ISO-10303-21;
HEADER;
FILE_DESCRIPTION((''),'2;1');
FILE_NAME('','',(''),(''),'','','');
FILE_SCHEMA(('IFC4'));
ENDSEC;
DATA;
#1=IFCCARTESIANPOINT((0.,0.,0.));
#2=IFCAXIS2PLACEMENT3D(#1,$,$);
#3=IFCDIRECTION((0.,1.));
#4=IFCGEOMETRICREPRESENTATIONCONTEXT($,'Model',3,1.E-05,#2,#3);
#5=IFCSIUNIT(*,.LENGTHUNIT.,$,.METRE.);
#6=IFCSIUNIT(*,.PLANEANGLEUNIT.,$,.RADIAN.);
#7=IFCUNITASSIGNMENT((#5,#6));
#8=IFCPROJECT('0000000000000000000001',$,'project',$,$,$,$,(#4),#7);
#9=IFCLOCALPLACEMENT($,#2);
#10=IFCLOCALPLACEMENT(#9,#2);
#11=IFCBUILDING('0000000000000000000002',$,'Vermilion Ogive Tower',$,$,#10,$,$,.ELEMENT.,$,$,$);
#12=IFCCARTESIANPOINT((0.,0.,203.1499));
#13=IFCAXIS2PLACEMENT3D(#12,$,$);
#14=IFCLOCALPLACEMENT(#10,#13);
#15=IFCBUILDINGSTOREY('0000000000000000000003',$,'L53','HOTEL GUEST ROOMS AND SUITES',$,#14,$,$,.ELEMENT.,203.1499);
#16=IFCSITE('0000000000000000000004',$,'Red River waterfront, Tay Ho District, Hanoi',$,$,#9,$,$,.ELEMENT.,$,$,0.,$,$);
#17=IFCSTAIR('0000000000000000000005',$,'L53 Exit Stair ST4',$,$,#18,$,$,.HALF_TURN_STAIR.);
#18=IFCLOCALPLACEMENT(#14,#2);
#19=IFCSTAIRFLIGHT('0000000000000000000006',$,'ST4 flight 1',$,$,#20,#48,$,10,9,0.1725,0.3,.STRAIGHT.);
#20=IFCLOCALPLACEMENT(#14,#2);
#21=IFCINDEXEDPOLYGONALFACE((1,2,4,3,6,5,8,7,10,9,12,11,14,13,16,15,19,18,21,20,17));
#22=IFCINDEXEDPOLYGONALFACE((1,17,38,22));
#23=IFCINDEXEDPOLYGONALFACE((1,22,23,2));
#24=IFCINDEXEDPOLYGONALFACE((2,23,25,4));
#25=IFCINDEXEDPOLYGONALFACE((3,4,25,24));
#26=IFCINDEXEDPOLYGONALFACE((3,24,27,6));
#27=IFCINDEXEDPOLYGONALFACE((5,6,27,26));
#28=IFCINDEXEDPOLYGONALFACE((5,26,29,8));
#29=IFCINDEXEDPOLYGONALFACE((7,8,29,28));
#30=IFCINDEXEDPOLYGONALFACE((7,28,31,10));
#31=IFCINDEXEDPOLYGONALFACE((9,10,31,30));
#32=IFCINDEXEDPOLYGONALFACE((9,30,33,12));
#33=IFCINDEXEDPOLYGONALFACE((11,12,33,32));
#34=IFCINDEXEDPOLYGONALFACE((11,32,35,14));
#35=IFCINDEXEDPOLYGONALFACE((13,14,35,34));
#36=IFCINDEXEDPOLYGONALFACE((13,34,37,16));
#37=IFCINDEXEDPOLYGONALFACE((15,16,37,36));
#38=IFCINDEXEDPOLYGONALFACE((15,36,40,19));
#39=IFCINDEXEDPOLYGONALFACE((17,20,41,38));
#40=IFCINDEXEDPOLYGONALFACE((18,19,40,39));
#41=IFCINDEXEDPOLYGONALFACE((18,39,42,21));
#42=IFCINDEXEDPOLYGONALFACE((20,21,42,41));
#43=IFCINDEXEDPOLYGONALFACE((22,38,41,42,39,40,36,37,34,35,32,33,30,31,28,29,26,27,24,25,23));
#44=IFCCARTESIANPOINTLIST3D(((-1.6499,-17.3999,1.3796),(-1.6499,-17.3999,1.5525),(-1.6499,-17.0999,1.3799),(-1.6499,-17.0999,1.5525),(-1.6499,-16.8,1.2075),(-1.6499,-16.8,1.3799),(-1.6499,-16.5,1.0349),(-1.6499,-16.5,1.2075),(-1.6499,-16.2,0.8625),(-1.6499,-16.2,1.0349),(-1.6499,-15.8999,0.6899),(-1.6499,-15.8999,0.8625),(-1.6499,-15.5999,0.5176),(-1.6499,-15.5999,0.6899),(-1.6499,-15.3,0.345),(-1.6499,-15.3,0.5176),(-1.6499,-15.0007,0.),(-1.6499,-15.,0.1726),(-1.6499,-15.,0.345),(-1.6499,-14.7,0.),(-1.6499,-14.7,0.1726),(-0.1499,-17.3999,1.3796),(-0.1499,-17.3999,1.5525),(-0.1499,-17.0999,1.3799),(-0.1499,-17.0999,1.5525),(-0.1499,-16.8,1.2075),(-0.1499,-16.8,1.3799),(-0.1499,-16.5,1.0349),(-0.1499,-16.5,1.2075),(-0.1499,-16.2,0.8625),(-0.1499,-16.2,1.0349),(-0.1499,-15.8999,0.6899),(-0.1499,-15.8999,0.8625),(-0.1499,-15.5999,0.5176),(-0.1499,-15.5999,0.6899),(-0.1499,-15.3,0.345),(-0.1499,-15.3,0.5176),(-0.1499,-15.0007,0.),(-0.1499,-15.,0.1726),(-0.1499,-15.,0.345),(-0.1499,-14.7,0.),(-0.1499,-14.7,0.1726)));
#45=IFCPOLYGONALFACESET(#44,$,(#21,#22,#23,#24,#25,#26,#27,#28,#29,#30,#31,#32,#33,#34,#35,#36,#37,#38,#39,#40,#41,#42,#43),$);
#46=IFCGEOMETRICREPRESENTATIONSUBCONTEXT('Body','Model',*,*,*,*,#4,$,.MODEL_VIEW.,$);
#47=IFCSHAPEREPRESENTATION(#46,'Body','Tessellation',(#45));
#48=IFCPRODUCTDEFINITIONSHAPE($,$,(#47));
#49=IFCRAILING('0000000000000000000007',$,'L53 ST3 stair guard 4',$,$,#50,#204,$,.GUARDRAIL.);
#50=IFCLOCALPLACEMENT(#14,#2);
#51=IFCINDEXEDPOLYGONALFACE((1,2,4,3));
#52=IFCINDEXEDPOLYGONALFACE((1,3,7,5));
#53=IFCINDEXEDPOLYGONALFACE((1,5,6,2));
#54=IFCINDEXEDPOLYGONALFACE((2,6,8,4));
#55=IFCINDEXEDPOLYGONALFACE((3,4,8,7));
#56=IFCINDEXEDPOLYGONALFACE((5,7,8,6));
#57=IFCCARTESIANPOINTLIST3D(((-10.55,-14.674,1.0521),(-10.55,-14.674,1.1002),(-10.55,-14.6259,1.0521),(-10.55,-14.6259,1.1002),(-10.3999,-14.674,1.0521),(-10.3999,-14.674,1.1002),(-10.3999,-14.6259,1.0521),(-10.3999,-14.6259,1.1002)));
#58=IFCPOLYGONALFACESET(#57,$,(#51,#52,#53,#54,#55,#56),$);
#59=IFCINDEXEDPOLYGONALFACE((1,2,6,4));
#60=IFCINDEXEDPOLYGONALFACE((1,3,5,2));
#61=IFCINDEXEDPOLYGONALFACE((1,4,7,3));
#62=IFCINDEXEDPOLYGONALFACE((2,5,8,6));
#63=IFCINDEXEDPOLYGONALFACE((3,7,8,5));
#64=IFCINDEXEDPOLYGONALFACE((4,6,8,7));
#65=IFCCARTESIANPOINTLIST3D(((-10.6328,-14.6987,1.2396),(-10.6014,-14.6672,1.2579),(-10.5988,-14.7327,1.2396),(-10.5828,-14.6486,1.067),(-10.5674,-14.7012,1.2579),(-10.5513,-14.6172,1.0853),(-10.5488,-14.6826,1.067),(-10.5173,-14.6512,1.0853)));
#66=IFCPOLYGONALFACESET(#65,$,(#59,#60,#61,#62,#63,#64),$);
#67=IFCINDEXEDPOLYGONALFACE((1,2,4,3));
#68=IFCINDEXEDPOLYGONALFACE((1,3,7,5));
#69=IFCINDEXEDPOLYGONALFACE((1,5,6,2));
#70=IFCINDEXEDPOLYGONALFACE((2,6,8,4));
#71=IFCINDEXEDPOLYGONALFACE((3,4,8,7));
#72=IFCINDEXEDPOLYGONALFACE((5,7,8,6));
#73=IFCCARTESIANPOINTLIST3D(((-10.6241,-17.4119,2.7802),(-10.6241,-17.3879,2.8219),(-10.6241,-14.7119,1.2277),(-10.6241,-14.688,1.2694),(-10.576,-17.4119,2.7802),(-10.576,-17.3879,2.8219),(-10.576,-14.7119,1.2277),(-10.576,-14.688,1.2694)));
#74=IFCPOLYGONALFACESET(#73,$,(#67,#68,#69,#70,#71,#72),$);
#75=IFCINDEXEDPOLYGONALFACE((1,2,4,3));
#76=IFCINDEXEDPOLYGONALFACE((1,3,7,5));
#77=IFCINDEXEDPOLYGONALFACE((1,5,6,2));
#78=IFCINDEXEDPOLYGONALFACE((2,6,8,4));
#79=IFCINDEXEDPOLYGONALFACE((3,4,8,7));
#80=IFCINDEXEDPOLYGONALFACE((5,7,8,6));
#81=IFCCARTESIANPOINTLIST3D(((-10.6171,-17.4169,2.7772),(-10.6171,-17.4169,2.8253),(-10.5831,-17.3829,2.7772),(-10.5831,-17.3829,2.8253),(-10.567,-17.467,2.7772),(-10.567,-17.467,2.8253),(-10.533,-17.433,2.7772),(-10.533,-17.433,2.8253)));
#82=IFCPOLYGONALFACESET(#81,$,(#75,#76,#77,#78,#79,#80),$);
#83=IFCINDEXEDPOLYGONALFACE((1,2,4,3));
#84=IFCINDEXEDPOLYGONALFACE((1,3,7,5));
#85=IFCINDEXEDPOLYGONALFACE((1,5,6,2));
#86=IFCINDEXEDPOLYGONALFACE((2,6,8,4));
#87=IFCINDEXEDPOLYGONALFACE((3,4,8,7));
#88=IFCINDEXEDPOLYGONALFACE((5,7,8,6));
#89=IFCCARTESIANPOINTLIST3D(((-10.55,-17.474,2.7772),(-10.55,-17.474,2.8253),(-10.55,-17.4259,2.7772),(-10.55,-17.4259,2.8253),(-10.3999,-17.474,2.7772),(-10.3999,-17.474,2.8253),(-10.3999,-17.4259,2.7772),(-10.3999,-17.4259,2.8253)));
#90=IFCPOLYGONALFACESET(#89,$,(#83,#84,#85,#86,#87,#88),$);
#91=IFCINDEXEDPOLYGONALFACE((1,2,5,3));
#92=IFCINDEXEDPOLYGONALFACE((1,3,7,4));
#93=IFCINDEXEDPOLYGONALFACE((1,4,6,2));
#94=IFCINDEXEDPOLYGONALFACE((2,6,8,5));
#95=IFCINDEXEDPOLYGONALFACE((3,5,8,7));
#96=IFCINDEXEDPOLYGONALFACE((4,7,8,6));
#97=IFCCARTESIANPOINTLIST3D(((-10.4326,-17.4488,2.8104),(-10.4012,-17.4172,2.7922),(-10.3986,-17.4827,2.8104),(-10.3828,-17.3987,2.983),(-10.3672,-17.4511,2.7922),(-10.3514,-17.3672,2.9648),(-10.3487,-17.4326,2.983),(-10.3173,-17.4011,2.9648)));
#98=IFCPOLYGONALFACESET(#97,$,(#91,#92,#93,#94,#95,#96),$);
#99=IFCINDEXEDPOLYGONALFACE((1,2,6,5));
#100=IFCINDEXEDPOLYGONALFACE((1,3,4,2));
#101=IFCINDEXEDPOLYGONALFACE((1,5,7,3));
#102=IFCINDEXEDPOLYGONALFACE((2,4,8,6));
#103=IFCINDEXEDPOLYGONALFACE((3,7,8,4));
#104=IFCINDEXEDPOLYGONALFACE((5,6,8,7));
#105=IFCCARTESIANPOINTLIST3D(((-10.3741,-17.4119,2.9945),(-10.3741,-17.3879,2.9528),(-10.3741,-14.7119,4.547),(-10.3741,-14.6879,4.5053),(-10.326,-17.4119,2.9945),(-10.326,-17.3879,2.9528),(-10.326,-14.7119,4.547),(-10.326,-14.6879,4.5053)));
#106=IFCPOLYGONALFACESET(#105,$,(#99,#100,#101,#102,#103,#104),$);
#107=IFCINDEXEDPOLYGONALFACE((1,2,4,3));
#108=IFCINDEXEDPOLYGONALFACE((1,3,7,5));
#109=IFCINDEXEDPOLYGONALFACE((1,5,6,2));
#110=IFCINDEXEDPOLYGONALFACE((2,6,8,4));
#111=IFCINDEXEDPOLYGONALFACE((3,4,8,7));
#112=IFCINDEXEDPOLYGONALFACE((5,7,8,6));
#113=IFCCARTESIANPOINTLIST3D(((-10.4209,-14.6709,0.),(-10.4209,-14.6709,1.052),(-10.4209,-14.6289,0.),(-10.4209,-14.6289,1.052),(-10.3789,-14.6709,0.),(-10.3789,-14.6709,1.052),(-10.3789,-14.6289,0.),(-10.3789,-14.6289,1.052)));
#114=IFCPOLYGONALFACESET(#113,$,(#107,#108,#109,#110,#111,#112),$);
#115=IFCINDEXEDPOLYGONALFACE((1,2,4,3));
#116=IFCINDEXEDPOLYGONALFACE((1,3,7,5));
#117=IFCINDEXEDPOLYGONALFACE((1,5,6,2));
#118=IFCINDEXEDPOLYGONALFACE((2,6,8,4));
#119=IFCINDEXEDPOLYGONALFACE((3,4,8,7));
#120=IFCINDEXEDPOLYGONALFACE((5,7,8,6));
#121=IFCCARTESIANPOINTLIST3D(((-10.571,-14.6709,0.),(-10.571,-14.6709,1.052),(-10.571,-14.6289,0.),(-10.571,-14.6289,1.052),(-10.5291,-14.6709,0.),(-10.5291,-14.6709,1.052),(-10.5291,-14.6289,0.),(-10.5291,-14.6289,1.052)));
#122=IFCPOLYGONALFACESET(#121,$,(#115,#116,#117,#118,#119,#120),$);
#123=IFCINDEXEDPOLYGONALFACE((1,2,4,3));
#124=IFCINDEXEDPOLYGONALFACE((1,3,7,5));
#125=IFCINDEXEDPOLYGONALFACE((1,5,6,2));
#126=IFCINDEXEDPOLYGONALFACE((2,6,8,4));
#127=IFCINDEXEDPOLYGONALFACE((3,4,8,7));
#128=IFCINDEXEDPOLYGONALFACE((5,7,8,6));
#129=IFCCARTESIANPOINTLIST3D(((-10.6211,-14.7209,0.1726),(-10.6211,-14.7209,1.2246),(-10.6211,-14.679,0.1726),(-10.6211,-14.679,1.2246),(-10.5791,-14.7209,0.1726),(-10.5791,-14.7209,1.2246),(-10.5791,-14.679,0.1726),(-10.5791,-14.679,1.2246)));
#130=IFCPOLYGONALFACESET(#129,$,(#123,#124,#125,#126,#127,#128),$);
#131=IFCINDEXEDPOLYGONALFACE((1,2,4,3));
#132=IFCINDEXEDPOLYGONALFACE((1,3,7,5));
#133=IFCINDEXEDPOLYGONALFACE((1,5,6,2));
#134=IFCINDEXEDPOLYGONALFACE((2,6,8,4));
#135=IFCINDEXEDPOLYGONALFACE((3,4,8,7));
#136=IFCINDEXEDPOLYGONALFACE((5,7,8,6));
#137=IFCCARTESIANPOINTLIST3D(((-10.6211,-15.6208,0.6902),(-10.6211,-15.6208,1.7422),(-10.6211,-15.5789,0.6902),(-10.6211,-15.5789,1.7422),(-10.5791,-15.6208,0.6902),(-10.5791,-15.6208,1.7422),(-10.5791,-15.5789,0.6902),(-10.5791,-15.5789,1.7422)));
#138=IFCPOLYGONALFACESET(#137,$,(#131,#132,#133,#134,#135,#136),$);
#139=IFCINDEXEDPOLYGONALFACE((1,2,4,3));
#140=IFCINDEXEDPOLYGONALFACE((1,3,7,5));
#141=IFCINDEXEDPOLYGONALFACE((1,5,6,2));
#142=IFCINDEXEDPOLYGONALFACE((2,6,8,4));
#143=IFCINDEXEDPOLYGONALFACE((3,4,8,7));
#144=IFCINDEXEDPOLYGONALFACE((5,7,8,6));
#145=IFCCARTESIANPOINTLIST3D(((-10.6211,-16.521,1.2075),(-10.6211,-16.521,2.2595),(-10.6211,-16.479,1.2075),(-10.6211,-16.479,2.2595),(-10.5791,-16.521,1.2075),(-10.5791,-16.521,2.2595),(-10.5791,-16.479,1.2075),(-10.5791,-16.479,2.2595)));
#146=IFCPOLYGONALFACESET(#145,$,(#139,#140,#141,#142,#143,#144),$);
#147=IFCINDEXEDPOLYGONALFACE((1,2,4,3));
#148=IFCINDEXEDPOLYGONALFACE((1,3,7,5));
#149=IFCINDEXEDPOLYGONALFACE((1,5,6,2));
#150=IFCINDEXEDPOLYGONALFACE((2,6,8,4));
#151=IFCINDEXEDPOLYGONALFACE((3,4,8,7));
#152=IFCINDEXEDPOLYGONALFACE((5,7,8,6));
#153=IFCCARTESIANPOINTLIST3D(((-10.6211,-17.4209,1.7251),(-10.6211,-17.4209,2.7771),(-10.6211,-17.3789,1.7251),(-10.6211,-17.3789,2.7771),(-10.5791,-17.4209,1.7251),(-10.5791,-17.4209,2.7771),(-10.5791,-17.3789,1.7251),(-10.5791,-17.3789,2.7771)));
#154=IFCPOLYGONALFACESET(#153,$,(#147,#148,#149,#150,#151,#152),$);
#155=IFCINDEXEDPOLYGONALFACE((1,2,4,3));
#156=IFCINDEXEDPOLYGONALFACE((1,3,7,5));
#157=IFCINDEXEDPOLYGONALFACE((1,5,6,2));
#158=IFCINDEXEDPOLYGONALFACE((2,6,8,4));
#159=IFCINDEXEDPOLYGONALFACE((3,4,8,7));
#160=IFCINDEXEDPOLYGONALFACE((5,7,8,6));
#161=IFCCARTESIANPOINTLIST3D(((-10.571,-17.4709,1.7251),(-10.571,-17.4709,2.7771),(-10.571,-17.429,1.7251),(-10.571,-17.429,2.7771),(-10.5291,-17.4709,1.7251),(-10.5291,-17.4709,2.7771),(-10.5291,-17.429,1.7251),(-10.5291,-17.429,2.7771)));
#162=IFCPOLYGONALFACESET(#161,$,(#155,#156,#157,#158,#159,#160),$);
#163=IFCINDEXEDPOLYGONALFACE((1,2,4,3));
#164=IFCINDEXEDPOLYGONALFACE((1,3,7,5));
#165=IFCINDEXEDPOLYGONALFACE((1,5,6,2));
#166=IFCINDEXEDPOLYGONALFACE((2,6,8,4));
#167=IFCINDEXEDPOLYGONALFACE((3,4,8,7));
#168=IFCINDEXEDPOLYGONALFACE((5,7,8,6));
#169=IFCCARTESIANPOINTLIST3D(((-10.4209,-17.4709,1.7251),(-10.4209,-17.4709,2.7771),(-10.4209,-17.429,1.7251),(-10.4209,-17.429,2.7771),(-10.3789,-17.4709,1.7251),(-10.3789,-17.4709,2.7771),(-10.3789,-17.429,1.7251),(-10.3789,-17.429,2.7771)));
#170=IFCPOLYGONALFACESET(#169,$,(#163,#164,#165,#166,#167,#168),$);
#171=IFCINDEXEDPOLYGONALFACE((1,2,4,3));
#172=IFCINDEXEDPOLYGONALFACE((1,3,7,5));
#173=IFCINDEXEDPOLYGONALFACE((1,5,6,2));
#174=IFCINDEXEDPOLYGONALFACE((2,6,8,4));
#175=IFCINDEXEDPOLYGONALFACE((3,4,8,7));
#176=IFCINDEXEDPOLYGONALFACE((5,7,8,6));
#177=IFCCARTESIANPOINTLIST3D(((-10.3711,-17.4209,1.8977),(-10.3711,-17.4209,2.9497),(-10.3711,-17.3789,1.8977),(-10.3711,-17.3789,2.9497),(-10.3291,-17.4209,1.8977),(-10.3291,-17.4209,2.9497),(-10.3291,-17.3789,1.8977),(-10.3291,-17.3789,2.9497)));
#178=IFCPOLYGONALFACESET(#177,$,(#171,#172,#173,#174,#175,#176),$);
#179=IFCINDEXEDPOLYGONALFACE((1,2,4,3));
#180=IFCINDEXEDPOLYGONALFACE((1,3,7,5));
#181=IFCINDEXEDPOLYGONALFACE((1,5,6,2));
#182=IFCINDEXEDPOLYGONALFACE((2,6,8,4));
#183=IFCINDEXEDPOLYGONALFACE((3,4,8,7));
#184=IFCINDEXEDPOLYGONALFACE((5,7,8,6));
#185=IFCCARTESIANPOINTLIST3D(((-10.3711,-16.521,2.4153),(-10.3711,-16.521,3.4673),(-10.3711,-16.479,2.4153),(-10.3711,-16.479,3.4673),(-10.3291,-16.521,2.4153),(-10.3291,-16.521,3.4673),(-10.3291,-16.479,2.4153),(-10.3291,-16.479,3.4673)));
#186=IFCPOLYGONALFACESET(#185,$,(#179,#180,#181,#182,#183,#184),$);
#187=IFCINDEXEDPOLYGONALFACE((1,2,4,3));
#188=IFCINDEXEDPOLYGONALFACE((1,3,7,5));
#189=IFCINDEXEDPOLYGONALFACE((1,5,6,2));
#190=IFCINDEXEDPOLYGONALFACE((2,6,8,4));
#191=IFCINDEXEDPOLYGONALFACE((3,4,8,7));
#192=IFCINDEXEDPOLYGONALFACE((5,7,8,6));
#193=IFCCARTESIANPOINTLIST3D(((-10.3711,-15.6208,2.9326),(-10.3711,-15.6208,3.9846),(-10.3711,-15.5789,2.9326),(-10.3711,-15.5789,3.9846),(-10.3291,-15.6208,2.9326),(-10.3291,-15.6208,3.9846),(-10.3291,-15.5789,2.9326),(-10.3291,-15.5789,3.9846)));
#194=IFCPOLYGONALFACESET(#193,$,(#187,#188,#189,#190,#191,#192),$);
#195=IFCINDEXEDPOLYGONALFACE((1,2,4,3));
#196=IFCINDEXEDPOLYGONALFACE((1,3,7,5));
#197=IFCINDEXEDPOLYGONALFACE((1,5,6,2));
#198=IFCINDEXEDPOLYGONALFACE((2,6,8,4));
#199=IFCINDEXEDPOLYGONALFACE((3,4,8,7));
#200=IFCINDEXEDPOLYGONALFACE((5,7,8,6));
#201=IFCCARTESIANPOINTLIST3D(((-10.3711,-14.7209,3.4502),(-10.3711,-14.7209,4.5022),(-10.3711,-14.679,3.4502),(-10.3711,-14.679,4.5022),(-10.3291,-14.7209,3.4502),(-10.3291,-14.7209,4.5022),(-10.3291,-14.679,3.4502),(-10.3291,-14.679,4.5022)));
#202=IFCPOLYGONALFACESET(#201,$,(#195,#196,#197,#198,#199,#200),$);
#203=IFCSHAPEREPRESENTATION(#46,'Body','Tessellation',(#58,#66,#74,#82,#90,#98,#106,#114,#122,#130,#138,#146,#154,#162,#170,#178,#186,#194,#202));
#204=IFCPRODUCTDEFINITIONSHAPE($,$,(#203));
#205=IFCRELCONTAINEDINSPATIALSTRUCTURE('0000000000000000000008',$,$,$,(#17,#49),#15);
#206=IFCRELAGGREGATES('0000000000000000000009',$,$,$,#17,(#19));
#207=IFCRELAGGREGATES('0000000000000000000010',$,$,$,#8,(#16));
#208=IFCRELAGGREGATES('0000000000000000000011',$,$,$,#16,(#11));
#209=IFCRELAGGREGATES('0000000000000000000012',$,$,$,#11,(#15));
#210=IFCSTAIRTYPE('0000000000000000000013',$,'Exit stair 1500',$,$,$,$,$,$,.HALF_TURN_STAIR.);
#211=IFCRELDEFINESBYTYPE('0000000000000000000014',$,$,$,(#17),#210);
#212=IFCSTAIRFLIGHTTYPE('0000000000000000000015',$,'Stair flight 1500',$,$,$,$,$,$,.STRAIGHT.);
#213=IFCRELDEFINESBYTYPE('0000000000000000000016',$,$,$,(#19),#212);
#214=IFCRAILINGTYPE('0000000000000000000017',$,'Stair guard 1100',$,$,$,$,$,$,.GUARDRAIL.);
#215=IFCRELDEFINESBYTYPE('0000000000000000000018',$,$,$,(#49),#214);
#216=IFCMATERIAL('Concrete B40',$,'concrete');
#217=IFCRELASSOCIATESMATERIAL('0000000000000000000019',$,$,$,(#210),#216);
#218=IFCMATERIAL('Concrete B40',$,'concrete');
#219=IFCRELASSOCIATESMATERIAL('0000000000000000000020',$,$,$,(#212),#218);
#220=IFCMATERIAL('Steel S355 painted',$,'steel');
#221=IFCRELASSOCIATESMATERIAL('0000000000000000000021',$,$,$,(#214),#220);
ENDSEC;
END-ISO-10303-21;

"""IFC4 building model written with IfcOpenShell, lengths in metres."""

from ifc_helpers import new_model, si_unit, direction, frame, origin, origin_2d, place, context, subcontext, project, spatial, polyline, rectangle, outline, extrude, material, type_object, element, aggregate, save


model = new_model("IFC4")

# Units and contexts
model_context = context("Model", 3, precision=1e-05, world=origin(), true_north=direction((0.0, 1.0)))
body_context = subcontext(model_context, "Body", "Model", "MODEL_VIEW")
ifc_project = project(units=[si_unit("LENGTHUNIT", "METRE"), si_unit("PLANEANGLEUNIT", "RADIAN")], contexts=[model_context])

# Site, building, storey
site_placement = place(None, origin())
site = spatial("IfcSite", under=ifc_project, at=site_placement, Name="Red River waterfront, Tay Ho District, Hanoi", CompositionType="ELEMENT", RefElevation=0.0)
building_placement = place(site_placement, origin())
building = spatial("IfcBuilding", under=site, at=building_placement, Name="Vermilion Ogive Tower", CompositionType="ELEMENT")
storey_placement = place(building_placement, frame((0.0, 0.0, 203.1499)))
storey = spatial("IfcBuildingStorey", under=building, at=storey_placement, Name="L53", Description="HOTEL GUEST ROOMS AND SUITES", CompositionType="ELEMENT", Elevation=203.1499)

# Stair, stair flight
ifc_material_1 = material(Name="Concrete B40", Category="concrete")
stair_type = type_object("IfcStairType", Name="Exit stair 1500", PredefinedType="HALF_TURN_STAIR", material=ifc_material_1)
ifc_material_2 = material(Name="Concrete B40", Category="concrete")
stair_flight_type = type_object("IfcStairFlightType", Name="Stair flight 1500", PredefinedType="STRAIGHT", material=ifc_material_2)
stair_1_placement = place(storey_placement, origin())
stair_1 = element("IfcStair", 1, at=stair_1_placement, inside=storey, type_object=stair_type, Name="L53 Exit Stair ST4", PredefinedType="HALF_TURN_STAIR")
stair_flight_1_placement = place(storey_placement, frame((-0.8999, -14.7, 0.0), z_axis=(0.0, 0.0, 1.0), x_axis=(0.0, -1.0, 0.0)))
stair_flight_1 = element("IfcStairFlight", 2, at=stair_flight_1_placement, type_object=stair_flight_type, Name="ST4 flight 1", NumberOfRisers=10, NumberOfTreads=9, PredefinedType="STRAIGHT", RiserHeight=0.1725, TreadLength=0.3, context=body_context, shape_type="SweptSolid", body=[
    extrude(outline(polyline([(0.0, 0.0), (0.0, 0.1726), (0.3, 0.1726), (0.3, 0.345), (0.6001, 0.345), (0.6001, 0.5176), (0.8999, 0.5176), (0.8999, 0.6899), (1.2, 0.6899), (1.2, 0.8625), (1.5, 0.8625), (1.5, 1.0349), (1.8, 1.0349), (1.8, 1.2075), (2.1001, 1.2075), (2.1001, 1.3799), (2.3999, 1.3799), (2.3999, 1.5525), (2.7, 1.5525), (2.7, 1.7251), (2.7, 1.3796), (0.3008, 0.0), (0.0, 0.0)])), frame((0.0, 0.75, 0.0), z_axis=(0.0, -1.0, 0.0), x_axis=(1.0, 0.0, 0.0)), (0.0, 0.0, 1.0), 1.5),
])
aggregate(stair_1, [stair_flight_1])

# Railing
ifc_material_3 = material(Name="Steel S355 painted", Category="steel")
railing_type_1 = type_object("IfcRailingType", Name="Stair guard 1100", PredefinedType="GUARDRAIL", material=ifc_material_3)
railing_1_placement = place(storey_placement, frame((-10.3999, -14.6499, 0.0)))
element("IfcRailing", 3, at=railing_1_placement, inside=storey, type_object=railing_type_1, Name="L53 ST3 stair guard 4", PredefinedType="GUARDRAIL", context=body_context, shape_type="SweptSolid", body=[
    extrude(rectangle(XDim=0.0481, YDim=0.0481, at=origin_2d()), frame((0.0, 0.0, 1.0762), z_axis=(-1.0, 0.0, 0.0), x_axis=(0.0, -1.0, 0.0)), (0.0, 0.0, 1.0), 0.1501),
    extrude(rectangle(XDim=0.0481, YDim=0.0481, at=origin_2d()), frame((-0.1501, 0.0, 1.0762), z_axis=(-0.268278, -0.268278, 0.925232), x_axis=(0.707107, -0.707107, 0.0)), (0.0, 0.0, 1.0), 0.1865),
    extrude(rectangle(XDim=0.0481, YDim=0.0481, at=origin_2d()), frame((-0.2002, -0.05, 1.2485), z_axis=(0.0, -0.866904, 0.498476), x_axis=(1.0, 0.0, 0.0)), (0.0, 0.0, 1.0), 3.1145),
    extrude(rectangle(XDim=0.0481, YDim=0.0481, at=origin_2d()), frame((-0.2002, -2.75, 2.8013), z_axis=(0.707107, -0.707107, 0.0), x_axis=(0.707107, 0.707107, 0.0)), (0.0, 0.0, 1.0), 0.0708),
    extrude(rectangle(XDim=0.0481, YDim=0.0481, at=origin_2d()), frame((-0.1501, -2.8, 2.8013), z_axis=(1.0, 0.0, 0.0), x_axis=(0.0, 1.0, 0.0)), (0.0, 0.0, 1.0), 0.1501),
    extrude(rectangle(XDim=0.0481, YDim=0.0481, at=origin_2d()), frame((0.0, -2.8, 2.8013), z_axis=(0.267063, 0.268372, 0.925556), x_axis=(-0.708834, 0.705376, 0.0)), (0.0, 0.0, 1.0), 0.1865),
    extrude(rectangle(XDim=0.0481, YDim=0.0481, at=origin_2d()), frame((0.0498, -2.75, 2.9736), z_axis=(0.0, 0.866904, 0.498476), x_axis=(-1.0, 0.0, 0.0)), (0.0, 0.0, 1.0), 3.1145),
    extrude(rectangle(XDim=0.042, YDim=0.042, at=origin_2d()), origin(), (0.0, 0.0, 1.0), 1.052),
    extrude(rectangle(XDim=0.042, YDim=0.042, at=origin_2d()), frame((-0.1501, 0.0, 0.0)), (0.0, 0.0, 1.0), 1.052),
    extrude(rectangle(XDim=0.042, YDim=0.042, at=origin_2d()), frame((-0.2002, -0.05, 0.1726)), (0.0, 0.0, 1.0), 1.052),
    extrude(rectangle(XDim=0.042, YDim=0.042, at=origin_2d()), frame((-0.2002, -0.95, 0.6902)), (0.0, 0.0, 1.0), 1.052),
    extrude(rectangle(XDim=0.042, YDim=0.042, at=origin_2d()), frame((-0.2002, -1.8501, 1.2075)), (0.0, 0.0, 1.0), 1.052),
    extrude(rectangle(XDim=0.042, YDim=0.042, at=origin_2d()), frame((-0.2002, -2.75, 1.7251)), (0.0, 0.0, 1.0), 1.052),
    extrude(rectangle(XDim=0.042, YDim=0.042, at=origin_2d()), frame((-0.1501, -2.8, 1.7251)), (0.0, 0.0, 1.0), 1.052),
    extrude(rectangle(XDim=0.042, YDim=0.042, at=origin_2d()), frame((0.0, -2.8, 1.7251)), (0.0, 0.0, 1.0), 1.052),
    extrude(rectangle(XDim=0.042, YDim=0.042, at=origin_2d()), frame((0.0498, -2.75, 1.8977)), (0.0, 0.0, 1.0), 1.052),
    extrude(rectangle(XDim=0.042, YDim=0.042, at=origin_2d()), frame((0.0498, -1.8501, 2.4153)), (0.0, 0.0, 1.0), 1.052),
    extrude(rectangle(XDim=0.042, YDim=0.042, at=origin_2d()), frame((0.0498, -0.95, 2.9326)), (0.0, 0.0, 1.0), 1.052),
    extrude(rectangle(XDim=0.042, YDim=0.042, at=origin_2d()), frame((0.0498, -0.05, 3.4502)), (0.0, 0.0, 1.0), 1.052),
])

save(model, "model.ifc")
